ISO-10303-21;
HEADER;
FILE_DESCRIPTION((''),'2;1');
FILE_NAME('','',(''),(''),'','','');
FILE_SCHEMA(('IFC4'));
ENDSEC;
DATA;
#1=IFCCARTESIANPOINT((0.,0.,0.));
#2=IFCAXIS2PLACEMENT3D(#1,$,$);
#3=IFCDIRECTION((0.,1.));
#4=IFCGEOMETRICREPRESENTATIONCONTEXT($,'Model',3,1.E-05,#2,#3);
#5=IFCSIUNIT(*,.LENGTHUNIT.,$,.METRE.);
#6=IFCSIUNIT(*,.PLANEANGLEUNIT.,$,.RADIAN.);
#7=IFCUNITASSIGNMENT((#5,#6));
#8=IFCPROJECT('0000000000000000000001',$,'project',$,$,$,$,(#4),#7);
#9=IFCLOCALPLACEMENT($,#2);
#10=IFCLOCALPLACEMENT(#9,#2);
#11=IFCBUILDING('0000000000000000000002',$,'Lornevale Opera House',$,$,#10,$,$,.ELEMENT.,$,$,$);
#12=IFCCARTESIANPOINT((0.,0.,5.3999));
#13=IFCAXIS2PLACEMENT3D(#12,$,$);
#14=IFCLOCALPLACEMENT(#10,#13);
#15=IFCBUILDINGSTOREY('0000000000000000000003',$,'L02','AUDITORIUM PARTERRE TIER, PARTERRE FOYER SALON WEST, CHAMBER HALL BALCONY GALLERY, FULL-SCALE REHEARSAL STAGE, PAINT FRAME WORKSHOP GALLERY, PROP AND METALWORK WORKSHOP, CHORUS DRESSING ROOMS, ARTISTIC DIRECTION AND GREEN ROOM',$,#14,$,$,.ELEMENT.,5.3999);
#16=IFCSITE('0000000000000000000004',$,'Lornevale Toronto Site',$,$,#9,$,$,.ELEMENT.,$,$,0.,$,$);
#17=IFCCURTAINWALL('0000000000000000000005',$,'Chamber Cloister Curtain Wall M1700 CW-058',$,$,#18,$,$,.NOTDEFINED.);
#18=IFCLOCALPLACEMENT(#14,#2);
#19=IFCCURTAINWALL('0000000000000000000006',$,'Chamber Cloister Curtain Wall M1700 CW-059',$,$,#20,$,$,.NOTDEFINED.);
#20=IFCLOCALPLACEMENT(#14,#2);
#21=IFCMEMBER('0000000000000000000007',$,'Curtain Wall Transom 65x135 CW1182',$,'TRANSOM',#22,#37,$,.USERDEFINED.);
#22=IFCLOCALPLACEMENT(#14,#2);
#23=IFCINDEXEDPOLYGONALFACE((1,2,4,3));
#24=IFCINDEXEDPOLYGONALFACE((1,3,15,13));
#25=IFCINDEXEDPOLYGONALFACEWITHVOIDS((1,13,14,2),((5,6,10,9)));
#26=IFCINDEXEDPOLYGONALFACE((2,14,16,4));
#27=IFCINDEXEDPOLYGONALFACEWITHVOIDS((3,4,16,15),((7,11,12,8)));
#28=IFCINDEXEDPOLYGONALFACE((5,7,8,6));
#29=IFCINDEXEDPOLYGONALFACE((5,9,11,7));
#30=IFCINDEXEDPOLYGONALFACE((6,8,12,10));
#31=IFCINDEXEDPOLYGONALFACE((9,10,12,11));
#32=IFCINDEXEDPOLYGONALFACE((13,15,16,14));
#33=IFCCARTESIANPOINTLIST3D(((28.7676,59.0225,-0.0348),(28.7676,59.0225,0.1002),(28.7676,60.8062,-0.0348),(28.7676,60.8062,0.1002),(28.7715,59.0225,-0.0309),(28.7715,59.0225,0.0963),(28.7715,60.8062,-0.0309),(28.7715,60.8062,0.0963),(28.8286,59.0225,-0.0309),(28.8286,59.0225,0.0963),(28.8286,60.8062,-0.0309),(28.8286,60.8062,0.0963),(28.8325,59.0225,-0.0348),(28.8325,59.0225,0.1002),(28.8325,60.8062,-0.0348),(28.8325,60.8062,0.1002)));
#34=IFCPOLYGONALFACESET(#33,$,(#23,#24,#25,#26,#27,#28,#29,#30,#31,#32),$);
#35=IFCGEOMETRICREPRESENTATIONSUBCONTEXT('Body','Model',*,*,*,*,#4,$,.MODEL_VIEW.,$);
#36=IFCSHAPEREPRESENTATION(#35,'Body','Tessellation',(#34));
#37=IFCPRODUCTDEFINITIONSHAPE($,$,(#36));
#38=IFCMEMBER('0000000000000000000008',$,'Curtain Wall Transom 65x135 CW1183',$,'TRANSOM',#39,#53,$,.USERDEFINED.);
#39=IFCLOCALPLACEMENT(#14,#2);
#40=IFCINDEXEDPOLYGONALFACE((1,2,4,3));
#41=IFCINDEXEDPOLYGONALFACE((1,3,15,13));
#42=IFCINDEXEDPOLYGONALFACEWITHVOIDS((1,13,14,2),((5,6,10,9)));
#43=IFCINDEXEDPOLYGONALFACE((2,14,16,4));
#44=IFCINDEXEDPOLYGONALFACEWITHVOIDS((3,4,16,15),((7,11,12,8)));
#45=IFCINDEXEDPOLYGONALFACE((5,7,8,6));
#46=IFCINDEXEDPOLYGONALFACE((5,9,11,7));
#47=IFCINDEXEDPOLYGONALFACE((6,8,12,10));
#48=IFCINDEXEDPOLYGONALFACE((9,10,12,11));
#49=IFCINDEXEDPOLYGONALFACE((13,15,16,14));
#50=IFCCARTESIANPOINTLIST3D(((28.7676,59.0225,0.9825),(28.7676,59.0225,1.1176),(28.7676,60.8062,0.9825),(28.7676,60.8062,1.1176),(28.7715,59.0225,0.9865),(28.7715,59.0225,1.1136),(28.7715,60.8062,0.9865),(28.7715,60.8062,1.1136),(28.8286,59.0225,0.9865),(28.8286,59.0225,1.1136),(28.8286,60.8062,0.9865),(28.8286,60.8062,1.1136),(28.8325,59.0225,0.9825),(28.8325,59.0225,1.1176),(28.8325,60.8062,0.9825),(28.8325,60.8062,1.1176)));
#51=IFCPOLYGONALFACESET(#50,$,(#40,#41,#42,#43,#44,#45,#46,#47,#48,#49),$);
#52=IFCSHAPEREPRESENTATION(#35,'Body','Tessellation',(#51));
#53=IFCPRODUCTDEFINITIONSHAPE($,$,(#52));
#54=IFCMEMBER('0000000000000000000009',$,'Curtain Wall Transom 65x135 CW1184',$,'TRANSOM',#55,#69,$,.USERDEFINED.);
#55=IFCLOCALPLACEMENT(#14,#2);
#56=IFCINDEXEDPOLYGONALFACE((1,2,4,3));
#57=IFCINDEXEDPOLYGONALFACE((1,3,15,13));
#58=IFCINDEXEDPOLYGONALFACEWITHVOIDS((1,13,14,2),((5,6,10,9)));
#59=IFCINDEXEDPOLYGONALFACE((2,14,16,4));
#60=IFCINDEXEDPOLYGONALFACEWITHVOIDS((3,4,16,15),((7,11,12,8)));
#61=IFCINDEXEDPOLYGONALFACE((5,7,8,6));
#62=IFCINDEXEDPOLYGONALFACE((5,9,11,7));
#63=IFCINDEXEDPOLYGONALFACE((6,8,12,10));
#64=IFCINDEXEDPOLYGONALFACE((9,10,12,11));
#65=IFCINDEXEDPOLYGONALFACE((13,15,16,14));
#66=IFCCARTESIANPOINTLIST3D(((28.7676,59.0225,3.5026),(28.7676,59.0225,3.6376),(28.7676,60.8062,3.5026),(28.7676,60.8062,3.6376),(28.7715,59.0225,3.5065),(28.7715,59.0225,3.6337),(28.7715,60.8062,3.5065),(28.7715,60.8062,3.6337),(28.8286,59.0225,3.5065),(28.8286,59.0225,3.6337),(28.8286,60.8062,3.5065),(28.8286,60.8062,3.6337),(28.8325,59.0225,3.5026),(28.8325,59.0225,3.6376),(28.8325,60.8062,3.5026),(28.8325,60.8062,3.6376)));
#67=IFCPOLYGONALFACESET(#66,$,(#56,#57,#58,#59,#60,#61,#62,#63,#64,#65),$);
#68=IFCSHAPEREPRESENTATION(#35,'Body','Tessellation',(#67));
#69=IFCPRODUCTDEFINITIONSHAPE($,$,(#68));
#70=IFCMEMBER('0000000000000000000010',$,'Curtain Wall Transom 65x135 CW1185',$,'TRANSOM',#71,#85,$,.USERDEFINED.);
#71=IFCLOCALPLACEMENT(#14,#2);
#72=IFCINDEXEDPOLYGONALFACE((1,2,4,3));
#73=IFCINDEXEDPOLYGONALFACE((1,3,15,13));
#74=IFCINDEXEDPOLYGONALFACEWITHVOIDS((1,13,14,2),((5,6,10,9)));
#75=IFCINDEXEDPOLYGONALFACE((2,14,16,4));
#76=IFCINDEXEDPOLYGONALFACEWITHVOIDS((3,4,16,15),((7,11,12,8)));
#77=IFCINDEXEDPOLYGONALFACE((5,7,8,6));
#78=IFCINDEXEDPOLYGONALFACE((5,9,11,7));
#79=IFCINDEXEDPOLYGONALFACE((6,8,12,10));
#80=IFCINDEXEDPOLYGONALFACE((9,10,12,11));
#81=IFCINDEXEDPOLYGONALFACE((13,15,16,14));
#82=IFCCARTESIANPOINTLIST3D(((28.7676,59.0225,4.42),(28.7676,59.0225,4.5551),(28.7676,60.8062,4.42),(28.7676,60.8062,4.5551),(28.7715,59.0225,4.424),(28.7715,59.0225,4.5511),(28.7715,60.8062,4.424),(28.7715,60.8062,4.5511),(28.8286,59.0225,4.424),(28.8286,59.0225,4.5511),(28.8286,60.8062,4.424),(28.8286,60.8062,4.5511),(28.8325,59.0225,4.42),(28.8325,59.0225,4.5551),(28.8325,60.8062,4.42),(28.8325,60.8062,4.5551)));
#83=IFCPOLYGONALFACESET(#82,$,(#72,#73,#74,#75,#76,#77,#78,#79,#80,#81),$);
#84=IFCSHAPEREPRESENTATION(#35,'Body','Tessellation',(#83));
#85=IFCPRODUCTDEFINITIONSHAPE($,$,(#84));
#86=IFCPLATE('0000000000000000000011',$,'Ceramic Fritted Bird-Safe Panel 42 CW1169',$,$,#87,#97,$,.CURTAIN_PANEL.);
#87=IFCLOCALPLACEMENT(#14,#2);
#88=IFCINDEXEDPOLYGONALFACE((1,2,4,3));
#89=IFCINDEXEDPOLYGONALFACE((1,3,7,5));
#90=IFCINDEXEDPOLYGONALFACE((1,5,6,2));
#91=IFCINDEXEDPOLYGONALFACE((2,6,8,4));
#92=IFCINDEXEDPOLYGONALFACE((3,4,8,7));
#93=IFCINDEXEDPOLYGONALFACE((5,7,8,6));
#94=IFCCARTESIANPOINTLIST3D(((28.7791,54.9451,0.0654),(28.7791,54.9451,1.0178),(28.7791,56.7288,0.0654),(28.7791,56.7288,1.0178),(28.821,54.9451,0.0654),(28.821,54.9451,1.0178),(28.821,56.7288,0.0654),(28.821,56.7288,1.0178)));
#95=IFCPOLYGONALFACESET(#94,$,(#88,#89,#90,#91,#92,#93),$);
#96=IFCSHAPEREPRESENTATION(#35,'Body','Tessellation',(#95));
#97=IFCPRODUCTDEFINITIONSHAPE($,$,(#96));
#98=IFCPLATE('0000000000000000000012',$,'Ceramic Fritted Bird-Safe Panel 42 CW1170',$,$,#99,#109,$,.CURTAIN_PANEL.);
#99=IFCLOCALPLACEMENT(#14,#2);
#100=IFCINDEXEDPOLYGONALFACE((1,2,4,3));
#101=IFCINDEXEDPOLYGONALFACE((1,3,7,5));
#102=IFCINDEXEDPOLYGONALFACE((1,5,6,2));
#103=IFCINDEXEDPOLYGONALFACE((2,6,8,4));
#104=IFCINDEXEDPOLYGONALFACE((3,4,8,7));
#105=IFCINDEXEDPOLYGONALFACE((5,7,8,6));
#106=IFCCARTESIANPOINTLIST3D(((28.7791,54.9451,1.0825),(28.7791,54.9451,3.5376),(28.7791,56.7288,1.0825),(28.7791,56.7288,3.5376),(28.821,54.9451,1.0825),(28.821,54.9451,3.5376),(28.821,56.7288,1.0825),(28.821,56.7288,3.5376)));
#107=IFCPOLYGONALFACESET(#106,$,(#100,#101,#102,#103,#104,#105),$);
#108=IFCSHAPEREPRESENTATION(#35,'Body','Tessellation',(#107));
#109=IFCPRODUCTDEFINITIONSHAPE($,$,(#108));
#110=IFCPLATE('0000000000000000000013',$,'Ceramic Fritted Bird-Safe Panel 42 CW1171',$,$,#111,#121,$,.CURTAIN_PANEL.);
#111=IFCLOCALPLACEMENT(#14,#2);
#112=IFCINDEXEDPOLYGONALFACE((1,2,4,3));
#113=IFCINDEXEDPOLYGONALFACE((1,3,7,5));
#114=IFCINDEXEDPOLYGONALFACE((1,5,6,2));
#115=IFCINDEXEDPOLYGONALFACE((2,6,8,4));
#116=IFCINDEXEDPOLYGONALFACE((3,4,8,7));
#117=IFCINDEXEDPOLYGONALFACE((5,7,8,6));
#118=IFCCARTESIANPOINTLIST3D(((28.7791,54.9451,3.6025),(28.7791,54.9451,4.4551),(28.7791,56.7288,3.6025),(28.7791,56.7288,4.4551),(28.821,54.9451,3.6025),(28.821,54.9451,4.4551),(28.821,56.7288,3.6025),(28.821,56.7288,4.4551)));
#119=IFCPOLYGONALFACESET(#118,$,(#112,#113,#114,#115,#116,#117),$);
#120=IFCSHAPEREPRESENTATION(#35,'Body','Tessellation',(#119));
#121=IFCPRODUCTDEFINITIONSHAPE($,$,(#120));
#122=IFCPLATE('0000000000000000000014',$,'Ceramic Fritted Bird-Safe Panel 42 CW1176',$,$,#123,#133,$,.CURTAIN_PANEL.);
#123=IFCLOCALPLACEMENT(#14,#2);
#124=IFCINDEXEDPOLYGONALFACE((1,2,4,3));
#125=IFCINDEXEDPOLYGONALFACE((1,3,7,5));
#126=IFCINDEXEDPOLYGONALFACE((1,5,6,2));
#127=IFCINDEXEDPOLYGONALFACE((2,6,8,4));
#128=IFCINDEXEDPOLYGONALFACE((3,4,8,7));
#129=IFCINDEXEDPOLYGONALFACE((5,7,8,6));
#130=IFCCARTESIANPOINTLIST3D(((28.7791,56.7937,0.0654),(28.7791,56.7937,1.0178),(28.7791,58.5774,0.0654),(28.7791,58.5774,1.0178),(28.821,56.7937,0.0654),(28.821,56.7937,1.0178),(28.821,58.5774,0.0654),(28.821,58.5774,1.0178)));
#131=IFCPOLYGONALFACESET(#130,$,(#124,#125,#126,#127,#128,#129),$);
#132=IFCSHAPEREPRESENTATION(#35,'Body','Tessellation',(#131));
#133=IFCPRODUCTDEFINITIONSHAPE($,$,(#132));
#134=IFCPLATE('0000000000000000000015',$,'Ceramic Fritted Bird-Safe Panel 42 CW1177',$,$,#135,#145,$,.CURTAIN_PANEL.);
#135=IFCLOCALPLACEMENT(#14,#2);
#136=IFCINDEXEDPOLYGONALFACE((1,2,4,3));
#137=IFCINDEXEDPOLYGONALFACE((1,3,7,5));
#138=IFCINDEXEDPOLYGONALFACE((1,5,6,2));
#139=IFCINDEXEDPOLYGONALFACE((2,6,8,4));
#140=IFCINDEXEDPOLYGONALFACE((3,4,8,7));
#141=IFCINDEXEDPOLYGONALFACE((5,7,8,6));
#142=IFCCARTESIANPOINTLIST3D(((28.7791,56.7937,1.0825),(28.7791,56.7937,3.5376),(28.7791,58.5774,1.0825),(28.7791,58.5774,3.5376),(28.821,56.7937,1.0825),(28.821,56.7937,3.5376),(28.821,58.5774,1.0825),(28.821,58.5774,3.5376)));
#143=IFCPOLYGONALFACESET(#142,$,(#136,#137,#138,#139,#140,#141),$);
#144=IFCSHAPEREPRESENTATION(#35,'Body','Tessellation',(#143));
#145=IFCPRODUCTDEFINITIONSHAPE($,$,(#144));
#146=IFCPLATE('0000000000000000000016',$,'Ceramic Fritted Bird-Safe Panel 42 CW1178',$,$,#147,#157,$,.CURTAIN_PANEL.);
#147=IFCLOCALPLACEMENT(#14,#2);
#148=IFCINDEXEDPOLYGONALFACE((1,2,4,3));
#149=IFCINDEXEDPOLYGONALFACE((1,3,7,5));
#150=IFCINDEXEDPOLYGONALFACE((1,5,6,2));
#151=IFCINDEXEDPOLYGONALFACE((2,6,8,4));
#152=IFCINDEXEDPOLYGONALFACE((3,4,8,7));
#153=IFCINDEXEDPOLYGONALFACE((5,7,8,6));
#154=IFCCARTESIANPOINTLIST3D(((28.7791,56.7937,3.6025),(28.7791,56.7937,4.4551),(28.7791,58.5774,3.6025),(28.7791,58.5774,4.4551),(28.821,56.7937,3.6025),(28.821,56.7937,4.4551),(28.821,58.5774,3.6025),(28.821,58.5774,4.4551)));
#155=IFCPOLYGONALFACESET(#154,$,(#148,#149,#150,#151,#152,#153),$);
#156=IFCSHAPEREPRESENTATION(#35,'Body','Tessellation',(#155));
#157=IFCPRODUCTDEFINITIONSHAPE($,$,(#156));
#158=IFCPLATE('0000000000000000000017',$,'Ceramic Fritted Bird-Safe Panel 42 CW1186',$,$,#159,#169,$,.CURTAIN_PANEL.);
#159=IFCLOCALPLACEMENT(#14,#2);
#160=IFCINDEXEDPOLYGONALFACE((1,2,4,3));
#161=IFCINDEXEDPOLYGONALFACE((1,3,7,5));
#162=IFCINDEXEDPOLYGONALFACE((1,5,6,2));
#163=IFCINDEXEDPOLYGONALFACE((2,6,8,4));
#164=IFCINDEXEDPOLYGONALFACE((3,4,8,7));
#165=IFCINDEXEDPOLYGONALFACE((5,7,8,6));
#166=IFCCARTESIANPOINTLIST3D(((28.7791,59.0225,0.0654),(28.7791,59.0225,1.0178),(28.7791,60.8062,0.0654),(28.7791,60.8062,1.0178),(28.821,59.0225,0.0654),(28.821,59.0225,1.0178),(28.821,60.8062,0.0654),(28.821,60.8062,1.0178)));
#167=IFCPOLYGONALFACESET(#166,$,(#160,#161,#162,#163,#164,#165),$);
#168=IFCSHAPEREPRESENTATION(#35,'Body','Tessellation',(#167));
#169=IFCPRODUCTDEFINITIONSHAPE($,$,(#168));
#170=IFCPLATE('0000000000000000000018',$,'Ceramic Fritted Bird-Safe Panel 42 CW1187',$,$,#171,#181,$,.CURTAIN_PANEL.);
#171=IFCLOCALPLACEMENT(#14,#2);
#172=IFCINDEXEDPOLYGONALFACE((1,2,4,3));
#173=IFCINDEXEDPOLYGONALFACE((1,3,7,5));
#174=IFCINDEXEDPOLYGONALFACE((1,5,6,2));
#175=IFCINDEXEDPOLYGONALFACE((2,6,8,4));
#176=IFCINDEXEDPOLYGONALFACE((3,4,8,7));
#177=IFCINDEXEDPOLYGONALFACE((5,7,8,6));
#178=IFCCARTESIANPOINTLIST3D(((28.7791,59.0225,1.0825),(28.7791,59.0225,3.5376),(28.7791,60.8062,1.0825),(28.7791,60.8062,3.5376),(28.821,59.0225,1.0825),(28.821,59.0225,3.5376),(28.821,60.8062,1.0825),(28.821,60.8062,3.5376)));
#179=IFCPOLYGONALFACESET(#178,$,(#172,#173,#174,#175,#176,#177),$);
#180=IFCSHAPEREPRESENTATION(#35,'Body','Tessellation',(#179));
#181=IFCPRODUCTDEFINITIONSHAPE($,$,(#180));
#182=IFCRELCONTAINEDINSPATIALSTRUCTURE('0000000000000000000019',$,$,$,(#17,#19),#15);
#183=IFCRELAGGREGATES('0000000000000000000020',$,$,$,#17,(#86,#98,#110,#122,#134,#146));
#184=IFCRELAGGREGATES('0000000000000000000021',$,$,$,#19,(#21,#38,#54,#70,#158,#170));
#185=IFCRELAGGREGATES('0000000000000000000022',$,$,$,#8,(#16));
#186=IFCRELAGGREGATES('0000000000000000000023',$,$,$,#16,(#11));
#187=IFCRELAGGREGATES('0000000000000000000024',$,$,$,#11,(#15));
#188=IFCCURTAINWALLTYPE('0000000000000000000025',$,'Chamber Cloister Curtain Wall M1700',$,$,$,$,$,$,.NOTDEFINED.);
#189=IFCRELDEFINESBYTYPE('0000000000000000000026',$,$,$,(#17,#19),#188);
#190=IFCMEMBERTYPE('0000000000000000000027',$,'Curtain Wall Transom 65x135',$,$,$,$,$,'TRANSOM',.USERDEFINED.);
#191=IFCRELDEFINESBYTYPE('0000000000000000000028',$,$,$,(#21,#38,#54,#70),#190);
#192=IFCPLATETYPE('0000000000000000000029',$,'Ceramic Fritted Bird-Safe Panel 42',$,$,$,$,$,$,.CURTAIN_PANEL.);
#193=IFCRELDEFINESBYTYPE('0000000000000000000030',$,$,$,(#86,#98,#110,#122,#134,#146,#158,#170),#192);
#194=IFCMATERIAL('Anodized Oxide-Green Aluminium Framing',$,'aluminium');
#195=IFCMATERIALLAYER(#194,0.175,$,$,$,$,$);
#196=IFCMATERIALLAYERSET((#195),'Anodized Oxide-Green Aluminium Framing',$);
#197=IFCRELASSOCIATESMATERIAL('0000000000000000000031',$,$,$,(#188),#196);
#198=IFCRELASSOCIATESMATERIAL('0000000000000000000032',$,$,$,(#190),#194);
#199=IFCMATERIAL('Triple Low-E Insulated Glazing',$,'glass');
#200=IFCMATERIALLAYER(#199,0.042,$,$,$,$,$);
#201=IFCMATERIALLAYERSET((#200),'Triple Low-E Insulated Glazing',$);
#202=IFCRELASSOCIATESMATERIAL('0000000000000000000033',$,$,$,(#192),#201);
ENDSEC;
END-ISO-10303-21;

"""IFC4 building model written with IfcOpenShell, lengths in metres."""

from ifc_helpers import new_model, si_unit, direction, frame, origin, origin_2d, place, context, subcontext, project, spatial, rectangle, hollow_rectangle, extrude, material, layer, layer_set, material_profile, profile_set, type_object, element, aggregate, save


model = new_model("IFC4")

# Units and contexts
model_context = context("Model", 3, precision=1e-05, world=origin(), true_north=direction((0.0, 1.0)))
body_context = subcontext(model_context, "Body", "Model", "MODEL_VIEW")
ifc_project = project(units=[si_unit("LENGTHUNIT", "METRE"), si_unit("PLANEANGLEUNIT", "RADIAN")], contexts=[model_context])

# Site, building, storey
site_placement = place(None, origin())
site = spatial("IfcSite", under=ifc_project, at=site_placement, Name="Lornevale Toronto Site", CompositionType="ELEMENT", RefElevation=0.0)
building_placement = place(site_placement, origin())
building = spatial("IfcBuilding", under=site, at=building_placement, Name="Lornevale Opera House", CompositionType="ELEMENT")
storey_placement = place(building_placement, frame((0.0, 0.0, 5.3999)))
storey = spatial("IfcBuildingStorey", under=building, at=storey_placement, Name="L02", Description="AUDITORIUM PARTERRE TIER, PARTERRE FOYER SALON WEST, CHAMBER HALL BALCONY GALLERY, FULL-SCALE REHEARSAL STAGE, PAINT FRAME WORKSHOP GALLERY, PROP AND METALWORK WORKSHOP, CHORUS DRESSING ROOMS, ARTISTIC DIRECTION AND GREEN ROOM", CompositionType="ELEMENT", Elevation=5.3999)

# Curtain wall
ifc_material_1 = material(Name="Anodized Oxide-Green Aluminium Framing", Category="aluminium")
ifc_layer_1 = layer(ifc_material_1, 0.175)
ifc_layer_set_1 = layer_set([ifc_layer_1], Name="Anodized Oxide-Green Aluminium Framing")
curtain_wall_type = type_object("IfcCurtainWallType", Name="Chamber Cloister Curtain Wall M1700", PredefinedType="NOTDEFINED", material=ifc_layer_set_1)
curtain_wall_1_placement = place(storey_placement, origin())
curtain_wall_1 = element("IfcCurtainWall", 1, at=curtain_wall_1_placement, inside=storey, type_object=curtain_wall_type, Name="Chamber Cloister Curtain Wall M1700 CW-058", PredefinedType="NOTDEFINED")

# Curtain wall
curtain_wall_2_placement = place(storey_placement, origin())
curtain_wall_2 = element("IfcCurtainWall", 2, at=curtain_wall_2_placement, inside=storey, type_object=curtain_wall_type, Name="Chamber Cloister Curtain Wall M1700 CW-059", PredefinedType="NOTDEFINED")

# Members
ifc_material_profile_1 = material_profile(ifc_material_1, hollow_rectangle(XDim=0.0649, YDim=0.135, WallThickness=0.0039, at=origin_2d()), Name="ALU65x135x4")
ifc_profile_set_1 = profile_set([ifc_material_profile_1], Name="Anodized Oxide-Green Aluminium Framing")
member_type_1 = type_object("IfcMemberType", Name="Curtain Wall Transom 65x135", ElementType="TRANSOM", PredefinedType="USERDEFINED", material=ifc_profile_set_1)
member_1_placement = place(storey_placement, frame((28.8, 59.0225, 0.0327), z_axis=(0.0, 1.0, 0.0), x_axis=(-1.0, 0.0, 0.0)))
member_1 = element("IfcMember", 3, at=member_1_placement, type_object=member_type_1, Name="Curtain Wall Transom 65x135 CW1182", ObjectType="TRANSOM", PredefinedType="USERDEFINED", context=body_context, shape_type="SweptSolid", body=[
    extrude(hollow_rectangle(XDim=0.0649, YDim=0.135, WallThickness=0.0039, at=origin_2d()), origin(), (0.0, 0.0, 1.0), 1.7837),
])
member_2_placement = place(storey_placement, frame((28.8, 59.0225, 1.05), z_axis=(0.0, 1.0, 0.0), x_axis=(-1.0, 0.0, 0.0)))
member_2 = element("IfcMember", 4, at=member_2_placement, type_object=member_type_1, Name="Curtain Wall Transom 65x135 CW1183", ObjectType="TRANSOM", PredefinedType="USERDEFINED", context=body_context, shape_type="SweptSolid", body=[
    extrude(hollow_rectangle(XDim=0.0649, YDim=0.135, WallThickness=0.0039, at=origin_2d()), origin(), (0.0, 0.0, 1.0), 1.7837),
])
member_3_placement = place(storey_placement, frame((28.8, 59.0225, 3.5701), z_axis=(0.0, 1.0, 0.0), x_axis=(-1.0, 0.0, 0.0)))
member_3 = element("IfcMember", 5, at=member_3_placement, type_object=member_type_1, Name="Curtain Wall Transom 65x135 CW1184", ObjectType="TRANSOM", PredefinedType="USERDEFINED", context=body_context, shape_type="SweptSolid", body=[
    extrude(hollow_rectangle(XDim=0.0649, YDim=0.135, WallThickness=0.0039, at=origin_2d()), origin(), (0.0, 0.0, 1.0), 1.7837),
])
member_4_placement = place(storey_placement, frame((28.8, 59.0225, 4.4875), z_axis=(0.0, 1.0, 0.0), x_axis=(-1.0, 0.0, 0.0)))
member_4 = element("IfcMember", 6, at=member_4_placement, type_object=member_type_1, Name="Curtain Wall Transom 65x135 CW1185", ObjectType="TRANSOM", PredefinedType="USERDEFINED", context=body_context, shape_type="SweptSolid", body=[
    extrude(hollow_rectangle(XDim=0.0649, YDim=0.135, WallThickness=0.0039, at=origin_2d()), origin(), (0.0, 0.0, 1.0), 1.7837),
])

# Plates
ifc_material_2 = material(Name="Triple Low-E Insulated Glazing", Category="glass")
ifc_layer_2 = layer(ifc_material_2, 0.042)
ifc_layer_set_2 = layer_set([ifc_layer_2], Name="Triple Low-E Insulated Glazing")
plate_type = type_object("IfcPlateType", Name="Ceramic Fritted Bird-Safe Panel 42", PredefinedType="CURTAIN_PANEL", material=ifc_layer_set_2)
plate_1_placement = place(storey_placement, frame((28.8, 55.8369, 0.0654), z_axis=(0.0, 0.0, 1.0), x_axis=(0.0, 1.0, 0.0)))
plate_1 = element("IfcPlate", 7, at=plate_1_placement, type_object=plate_type, Name="Ceramic Fritted Bird-Safe Panel 42 CW1169", PredefinedType="CURTAIN_PANEL", context=body_context, shape_type="SweptSolid", body=[
    extrude(rectangle(XDim=1.7837, YDim=0.042, at=origin_2d()), origin(), (0.0, 0.0, 1.0), 0.9524),
])
plate_2_placement = place(storey_placement, frame((28.8, 55.8369, 1.0825), z_axis=(0.0, 0.0, 1.0), x_axis=(0.0, 1.0, 0.0)))
plate_2 = element("IfcPlate", 8, at=plate_2_placement, type_object=plate_type, Name="Ceramic Fritted Bird-Safe Panel 42 CW1170", PredefinedType="CURTAIN_PANEL", context=body_context, shape_type="SweptSolid", body=[
    extrude(rectangle(XDim=1.7837, YDim=0.042, at=origin_2d()), origin(), (0.0, 0.0, 1.0), 2.4551),
])
plate_3_placement = place(storey_placement, frame((28.8, 55.8369, 3.6025), z_axis=(0.0, 0.0, 1.0), x_axis=(0.0, 1.0, 0.0)))
plate_3 = element("IfcPlate", 9, at=plate_3_placement, type_object=plate_type, Name="Ceramic Fritted Bird-Safe Panel 42 CW1171", PredefinedType="CURTAIN_PANEL", context=body_context, shape_type="SweptSolid", body=[
    extrude(rectangle(XDim=1.7837, YDim=0.042, at=origin_2d()), origin(), (0.0, 0.0, 1.0), 0.8525),
])
plate_4_placement = place(storey_placement, frame((28.8, 57.6855, 0.0654), z_axis=(0.0, 0.0, 1.0), x_axis=(0.0, 1.0, 0.0)))
plate_4 = element("IfcPlate", 10, at=plate_4_placement, type_object=plate_type, Name="Ceramic Fritted Bird-Safe Panel 42 CW1176", PredefinedType="CURTAIN_PANEL", context=body_context, shape_type="SweptSolid", body=[
    extrude(rectangle(XDim=1.7837, YDim=0.042, at=origin_2d()), origin(), (0.0, 0.0, 1.0), 0.9524),
])
plate_5_placement = place(storey_placement, frame((28.8, 57.6855, 1.0825), z_axis=(0.0, 0.0, 1.0), x_axis=(0.0, 1.0, 0.0)))
plate_5 = element("IfcPlate", 11, at=plate_5_placement, type_object=plate_type, Name="Ceramic Fritted Bird-Safe Panel 42 CW1177", PredefinedType="CURTAIN_PANEL", context=body_context, shape_type="SweptSolid", body=[
    extrude(rectangle(XDim=1.7837, YDim=0.042, at=origin_2d()), origin(), (0.0, 0.0, 1.0), 2.4551),
])
plate_6_placement = place(storey_placement, frame((28.8, 57.6855, 3.6025), z_axis=(0.0, 0.0, 1.0), x_axis=(0.0, 1.0, 0.0)))
plate_6 = element("IfcPlate", 12, at=plate_6_placement, type_object=plate_type, Name="Ceramic Fritted Bird-Safe Panel 42 CW1178", PredefinedType="CURTAIN_PANEL", context=body_context, shape_type="SweptSolid", body=[
    extrude(rectangle(XDim=1.7837, YDim=0.042, at=origin_2d()), origin(), (0.0, 0.0, 1.0), 0.8525),
])
aggregate(curtain_wall_1, [plate_1, plate_2, plate_3, plate_4, plate_5, plate_6])
plate_7_placement = place(storey_placement, frame((28.8, 59.9143, 0.0654), z_axis=(0.0, 0.0, 1.0), x_axis=(0.0, 1.0, 0.0)))
plate_7 = element("IfcPlate", 13, at=plate_7_placement, type_object=plate_type, Name="Ceramic Fritted Bird-Safe Panel 42 CW1186", PredefinedType="CURTAIN_PANEL", context=body_context, shape_type="SweptSolid", body=[
    extrude(rectangle(XDim=1.7837, YDim=0.042, at=origin_2d()), origin(), (0.0, 0.0, 1.0), 0.9524),
])
plate_8_placement = place(storey_placement, frame((28.8, 59.9143, 1.0825), z_axis=(0.0, 0.0, 1.0), x_axis=(0.0, 1.0, 0.0)))
plate_8 = element("IfcPlate", 14, at=plate_8_placement, type_object=plate_type, Name="Ceramic Fritted Bird-Safe Panel 42 CW1187", PredefinedType="CURTAIN_PANEL", context=body_context, shape_type="SweptSolid", body=[
    extrude(rectangle(XDim=1.7837, YDim=0.042, at=origin_2d()), origin(), (0.0, 0.0, 1.0), 2.4551),
])
aggregate(curtain_wall_2, [member_1, member_2, member_3, member_4, plate_7, plate_8])

save(model, "model.ifc")
